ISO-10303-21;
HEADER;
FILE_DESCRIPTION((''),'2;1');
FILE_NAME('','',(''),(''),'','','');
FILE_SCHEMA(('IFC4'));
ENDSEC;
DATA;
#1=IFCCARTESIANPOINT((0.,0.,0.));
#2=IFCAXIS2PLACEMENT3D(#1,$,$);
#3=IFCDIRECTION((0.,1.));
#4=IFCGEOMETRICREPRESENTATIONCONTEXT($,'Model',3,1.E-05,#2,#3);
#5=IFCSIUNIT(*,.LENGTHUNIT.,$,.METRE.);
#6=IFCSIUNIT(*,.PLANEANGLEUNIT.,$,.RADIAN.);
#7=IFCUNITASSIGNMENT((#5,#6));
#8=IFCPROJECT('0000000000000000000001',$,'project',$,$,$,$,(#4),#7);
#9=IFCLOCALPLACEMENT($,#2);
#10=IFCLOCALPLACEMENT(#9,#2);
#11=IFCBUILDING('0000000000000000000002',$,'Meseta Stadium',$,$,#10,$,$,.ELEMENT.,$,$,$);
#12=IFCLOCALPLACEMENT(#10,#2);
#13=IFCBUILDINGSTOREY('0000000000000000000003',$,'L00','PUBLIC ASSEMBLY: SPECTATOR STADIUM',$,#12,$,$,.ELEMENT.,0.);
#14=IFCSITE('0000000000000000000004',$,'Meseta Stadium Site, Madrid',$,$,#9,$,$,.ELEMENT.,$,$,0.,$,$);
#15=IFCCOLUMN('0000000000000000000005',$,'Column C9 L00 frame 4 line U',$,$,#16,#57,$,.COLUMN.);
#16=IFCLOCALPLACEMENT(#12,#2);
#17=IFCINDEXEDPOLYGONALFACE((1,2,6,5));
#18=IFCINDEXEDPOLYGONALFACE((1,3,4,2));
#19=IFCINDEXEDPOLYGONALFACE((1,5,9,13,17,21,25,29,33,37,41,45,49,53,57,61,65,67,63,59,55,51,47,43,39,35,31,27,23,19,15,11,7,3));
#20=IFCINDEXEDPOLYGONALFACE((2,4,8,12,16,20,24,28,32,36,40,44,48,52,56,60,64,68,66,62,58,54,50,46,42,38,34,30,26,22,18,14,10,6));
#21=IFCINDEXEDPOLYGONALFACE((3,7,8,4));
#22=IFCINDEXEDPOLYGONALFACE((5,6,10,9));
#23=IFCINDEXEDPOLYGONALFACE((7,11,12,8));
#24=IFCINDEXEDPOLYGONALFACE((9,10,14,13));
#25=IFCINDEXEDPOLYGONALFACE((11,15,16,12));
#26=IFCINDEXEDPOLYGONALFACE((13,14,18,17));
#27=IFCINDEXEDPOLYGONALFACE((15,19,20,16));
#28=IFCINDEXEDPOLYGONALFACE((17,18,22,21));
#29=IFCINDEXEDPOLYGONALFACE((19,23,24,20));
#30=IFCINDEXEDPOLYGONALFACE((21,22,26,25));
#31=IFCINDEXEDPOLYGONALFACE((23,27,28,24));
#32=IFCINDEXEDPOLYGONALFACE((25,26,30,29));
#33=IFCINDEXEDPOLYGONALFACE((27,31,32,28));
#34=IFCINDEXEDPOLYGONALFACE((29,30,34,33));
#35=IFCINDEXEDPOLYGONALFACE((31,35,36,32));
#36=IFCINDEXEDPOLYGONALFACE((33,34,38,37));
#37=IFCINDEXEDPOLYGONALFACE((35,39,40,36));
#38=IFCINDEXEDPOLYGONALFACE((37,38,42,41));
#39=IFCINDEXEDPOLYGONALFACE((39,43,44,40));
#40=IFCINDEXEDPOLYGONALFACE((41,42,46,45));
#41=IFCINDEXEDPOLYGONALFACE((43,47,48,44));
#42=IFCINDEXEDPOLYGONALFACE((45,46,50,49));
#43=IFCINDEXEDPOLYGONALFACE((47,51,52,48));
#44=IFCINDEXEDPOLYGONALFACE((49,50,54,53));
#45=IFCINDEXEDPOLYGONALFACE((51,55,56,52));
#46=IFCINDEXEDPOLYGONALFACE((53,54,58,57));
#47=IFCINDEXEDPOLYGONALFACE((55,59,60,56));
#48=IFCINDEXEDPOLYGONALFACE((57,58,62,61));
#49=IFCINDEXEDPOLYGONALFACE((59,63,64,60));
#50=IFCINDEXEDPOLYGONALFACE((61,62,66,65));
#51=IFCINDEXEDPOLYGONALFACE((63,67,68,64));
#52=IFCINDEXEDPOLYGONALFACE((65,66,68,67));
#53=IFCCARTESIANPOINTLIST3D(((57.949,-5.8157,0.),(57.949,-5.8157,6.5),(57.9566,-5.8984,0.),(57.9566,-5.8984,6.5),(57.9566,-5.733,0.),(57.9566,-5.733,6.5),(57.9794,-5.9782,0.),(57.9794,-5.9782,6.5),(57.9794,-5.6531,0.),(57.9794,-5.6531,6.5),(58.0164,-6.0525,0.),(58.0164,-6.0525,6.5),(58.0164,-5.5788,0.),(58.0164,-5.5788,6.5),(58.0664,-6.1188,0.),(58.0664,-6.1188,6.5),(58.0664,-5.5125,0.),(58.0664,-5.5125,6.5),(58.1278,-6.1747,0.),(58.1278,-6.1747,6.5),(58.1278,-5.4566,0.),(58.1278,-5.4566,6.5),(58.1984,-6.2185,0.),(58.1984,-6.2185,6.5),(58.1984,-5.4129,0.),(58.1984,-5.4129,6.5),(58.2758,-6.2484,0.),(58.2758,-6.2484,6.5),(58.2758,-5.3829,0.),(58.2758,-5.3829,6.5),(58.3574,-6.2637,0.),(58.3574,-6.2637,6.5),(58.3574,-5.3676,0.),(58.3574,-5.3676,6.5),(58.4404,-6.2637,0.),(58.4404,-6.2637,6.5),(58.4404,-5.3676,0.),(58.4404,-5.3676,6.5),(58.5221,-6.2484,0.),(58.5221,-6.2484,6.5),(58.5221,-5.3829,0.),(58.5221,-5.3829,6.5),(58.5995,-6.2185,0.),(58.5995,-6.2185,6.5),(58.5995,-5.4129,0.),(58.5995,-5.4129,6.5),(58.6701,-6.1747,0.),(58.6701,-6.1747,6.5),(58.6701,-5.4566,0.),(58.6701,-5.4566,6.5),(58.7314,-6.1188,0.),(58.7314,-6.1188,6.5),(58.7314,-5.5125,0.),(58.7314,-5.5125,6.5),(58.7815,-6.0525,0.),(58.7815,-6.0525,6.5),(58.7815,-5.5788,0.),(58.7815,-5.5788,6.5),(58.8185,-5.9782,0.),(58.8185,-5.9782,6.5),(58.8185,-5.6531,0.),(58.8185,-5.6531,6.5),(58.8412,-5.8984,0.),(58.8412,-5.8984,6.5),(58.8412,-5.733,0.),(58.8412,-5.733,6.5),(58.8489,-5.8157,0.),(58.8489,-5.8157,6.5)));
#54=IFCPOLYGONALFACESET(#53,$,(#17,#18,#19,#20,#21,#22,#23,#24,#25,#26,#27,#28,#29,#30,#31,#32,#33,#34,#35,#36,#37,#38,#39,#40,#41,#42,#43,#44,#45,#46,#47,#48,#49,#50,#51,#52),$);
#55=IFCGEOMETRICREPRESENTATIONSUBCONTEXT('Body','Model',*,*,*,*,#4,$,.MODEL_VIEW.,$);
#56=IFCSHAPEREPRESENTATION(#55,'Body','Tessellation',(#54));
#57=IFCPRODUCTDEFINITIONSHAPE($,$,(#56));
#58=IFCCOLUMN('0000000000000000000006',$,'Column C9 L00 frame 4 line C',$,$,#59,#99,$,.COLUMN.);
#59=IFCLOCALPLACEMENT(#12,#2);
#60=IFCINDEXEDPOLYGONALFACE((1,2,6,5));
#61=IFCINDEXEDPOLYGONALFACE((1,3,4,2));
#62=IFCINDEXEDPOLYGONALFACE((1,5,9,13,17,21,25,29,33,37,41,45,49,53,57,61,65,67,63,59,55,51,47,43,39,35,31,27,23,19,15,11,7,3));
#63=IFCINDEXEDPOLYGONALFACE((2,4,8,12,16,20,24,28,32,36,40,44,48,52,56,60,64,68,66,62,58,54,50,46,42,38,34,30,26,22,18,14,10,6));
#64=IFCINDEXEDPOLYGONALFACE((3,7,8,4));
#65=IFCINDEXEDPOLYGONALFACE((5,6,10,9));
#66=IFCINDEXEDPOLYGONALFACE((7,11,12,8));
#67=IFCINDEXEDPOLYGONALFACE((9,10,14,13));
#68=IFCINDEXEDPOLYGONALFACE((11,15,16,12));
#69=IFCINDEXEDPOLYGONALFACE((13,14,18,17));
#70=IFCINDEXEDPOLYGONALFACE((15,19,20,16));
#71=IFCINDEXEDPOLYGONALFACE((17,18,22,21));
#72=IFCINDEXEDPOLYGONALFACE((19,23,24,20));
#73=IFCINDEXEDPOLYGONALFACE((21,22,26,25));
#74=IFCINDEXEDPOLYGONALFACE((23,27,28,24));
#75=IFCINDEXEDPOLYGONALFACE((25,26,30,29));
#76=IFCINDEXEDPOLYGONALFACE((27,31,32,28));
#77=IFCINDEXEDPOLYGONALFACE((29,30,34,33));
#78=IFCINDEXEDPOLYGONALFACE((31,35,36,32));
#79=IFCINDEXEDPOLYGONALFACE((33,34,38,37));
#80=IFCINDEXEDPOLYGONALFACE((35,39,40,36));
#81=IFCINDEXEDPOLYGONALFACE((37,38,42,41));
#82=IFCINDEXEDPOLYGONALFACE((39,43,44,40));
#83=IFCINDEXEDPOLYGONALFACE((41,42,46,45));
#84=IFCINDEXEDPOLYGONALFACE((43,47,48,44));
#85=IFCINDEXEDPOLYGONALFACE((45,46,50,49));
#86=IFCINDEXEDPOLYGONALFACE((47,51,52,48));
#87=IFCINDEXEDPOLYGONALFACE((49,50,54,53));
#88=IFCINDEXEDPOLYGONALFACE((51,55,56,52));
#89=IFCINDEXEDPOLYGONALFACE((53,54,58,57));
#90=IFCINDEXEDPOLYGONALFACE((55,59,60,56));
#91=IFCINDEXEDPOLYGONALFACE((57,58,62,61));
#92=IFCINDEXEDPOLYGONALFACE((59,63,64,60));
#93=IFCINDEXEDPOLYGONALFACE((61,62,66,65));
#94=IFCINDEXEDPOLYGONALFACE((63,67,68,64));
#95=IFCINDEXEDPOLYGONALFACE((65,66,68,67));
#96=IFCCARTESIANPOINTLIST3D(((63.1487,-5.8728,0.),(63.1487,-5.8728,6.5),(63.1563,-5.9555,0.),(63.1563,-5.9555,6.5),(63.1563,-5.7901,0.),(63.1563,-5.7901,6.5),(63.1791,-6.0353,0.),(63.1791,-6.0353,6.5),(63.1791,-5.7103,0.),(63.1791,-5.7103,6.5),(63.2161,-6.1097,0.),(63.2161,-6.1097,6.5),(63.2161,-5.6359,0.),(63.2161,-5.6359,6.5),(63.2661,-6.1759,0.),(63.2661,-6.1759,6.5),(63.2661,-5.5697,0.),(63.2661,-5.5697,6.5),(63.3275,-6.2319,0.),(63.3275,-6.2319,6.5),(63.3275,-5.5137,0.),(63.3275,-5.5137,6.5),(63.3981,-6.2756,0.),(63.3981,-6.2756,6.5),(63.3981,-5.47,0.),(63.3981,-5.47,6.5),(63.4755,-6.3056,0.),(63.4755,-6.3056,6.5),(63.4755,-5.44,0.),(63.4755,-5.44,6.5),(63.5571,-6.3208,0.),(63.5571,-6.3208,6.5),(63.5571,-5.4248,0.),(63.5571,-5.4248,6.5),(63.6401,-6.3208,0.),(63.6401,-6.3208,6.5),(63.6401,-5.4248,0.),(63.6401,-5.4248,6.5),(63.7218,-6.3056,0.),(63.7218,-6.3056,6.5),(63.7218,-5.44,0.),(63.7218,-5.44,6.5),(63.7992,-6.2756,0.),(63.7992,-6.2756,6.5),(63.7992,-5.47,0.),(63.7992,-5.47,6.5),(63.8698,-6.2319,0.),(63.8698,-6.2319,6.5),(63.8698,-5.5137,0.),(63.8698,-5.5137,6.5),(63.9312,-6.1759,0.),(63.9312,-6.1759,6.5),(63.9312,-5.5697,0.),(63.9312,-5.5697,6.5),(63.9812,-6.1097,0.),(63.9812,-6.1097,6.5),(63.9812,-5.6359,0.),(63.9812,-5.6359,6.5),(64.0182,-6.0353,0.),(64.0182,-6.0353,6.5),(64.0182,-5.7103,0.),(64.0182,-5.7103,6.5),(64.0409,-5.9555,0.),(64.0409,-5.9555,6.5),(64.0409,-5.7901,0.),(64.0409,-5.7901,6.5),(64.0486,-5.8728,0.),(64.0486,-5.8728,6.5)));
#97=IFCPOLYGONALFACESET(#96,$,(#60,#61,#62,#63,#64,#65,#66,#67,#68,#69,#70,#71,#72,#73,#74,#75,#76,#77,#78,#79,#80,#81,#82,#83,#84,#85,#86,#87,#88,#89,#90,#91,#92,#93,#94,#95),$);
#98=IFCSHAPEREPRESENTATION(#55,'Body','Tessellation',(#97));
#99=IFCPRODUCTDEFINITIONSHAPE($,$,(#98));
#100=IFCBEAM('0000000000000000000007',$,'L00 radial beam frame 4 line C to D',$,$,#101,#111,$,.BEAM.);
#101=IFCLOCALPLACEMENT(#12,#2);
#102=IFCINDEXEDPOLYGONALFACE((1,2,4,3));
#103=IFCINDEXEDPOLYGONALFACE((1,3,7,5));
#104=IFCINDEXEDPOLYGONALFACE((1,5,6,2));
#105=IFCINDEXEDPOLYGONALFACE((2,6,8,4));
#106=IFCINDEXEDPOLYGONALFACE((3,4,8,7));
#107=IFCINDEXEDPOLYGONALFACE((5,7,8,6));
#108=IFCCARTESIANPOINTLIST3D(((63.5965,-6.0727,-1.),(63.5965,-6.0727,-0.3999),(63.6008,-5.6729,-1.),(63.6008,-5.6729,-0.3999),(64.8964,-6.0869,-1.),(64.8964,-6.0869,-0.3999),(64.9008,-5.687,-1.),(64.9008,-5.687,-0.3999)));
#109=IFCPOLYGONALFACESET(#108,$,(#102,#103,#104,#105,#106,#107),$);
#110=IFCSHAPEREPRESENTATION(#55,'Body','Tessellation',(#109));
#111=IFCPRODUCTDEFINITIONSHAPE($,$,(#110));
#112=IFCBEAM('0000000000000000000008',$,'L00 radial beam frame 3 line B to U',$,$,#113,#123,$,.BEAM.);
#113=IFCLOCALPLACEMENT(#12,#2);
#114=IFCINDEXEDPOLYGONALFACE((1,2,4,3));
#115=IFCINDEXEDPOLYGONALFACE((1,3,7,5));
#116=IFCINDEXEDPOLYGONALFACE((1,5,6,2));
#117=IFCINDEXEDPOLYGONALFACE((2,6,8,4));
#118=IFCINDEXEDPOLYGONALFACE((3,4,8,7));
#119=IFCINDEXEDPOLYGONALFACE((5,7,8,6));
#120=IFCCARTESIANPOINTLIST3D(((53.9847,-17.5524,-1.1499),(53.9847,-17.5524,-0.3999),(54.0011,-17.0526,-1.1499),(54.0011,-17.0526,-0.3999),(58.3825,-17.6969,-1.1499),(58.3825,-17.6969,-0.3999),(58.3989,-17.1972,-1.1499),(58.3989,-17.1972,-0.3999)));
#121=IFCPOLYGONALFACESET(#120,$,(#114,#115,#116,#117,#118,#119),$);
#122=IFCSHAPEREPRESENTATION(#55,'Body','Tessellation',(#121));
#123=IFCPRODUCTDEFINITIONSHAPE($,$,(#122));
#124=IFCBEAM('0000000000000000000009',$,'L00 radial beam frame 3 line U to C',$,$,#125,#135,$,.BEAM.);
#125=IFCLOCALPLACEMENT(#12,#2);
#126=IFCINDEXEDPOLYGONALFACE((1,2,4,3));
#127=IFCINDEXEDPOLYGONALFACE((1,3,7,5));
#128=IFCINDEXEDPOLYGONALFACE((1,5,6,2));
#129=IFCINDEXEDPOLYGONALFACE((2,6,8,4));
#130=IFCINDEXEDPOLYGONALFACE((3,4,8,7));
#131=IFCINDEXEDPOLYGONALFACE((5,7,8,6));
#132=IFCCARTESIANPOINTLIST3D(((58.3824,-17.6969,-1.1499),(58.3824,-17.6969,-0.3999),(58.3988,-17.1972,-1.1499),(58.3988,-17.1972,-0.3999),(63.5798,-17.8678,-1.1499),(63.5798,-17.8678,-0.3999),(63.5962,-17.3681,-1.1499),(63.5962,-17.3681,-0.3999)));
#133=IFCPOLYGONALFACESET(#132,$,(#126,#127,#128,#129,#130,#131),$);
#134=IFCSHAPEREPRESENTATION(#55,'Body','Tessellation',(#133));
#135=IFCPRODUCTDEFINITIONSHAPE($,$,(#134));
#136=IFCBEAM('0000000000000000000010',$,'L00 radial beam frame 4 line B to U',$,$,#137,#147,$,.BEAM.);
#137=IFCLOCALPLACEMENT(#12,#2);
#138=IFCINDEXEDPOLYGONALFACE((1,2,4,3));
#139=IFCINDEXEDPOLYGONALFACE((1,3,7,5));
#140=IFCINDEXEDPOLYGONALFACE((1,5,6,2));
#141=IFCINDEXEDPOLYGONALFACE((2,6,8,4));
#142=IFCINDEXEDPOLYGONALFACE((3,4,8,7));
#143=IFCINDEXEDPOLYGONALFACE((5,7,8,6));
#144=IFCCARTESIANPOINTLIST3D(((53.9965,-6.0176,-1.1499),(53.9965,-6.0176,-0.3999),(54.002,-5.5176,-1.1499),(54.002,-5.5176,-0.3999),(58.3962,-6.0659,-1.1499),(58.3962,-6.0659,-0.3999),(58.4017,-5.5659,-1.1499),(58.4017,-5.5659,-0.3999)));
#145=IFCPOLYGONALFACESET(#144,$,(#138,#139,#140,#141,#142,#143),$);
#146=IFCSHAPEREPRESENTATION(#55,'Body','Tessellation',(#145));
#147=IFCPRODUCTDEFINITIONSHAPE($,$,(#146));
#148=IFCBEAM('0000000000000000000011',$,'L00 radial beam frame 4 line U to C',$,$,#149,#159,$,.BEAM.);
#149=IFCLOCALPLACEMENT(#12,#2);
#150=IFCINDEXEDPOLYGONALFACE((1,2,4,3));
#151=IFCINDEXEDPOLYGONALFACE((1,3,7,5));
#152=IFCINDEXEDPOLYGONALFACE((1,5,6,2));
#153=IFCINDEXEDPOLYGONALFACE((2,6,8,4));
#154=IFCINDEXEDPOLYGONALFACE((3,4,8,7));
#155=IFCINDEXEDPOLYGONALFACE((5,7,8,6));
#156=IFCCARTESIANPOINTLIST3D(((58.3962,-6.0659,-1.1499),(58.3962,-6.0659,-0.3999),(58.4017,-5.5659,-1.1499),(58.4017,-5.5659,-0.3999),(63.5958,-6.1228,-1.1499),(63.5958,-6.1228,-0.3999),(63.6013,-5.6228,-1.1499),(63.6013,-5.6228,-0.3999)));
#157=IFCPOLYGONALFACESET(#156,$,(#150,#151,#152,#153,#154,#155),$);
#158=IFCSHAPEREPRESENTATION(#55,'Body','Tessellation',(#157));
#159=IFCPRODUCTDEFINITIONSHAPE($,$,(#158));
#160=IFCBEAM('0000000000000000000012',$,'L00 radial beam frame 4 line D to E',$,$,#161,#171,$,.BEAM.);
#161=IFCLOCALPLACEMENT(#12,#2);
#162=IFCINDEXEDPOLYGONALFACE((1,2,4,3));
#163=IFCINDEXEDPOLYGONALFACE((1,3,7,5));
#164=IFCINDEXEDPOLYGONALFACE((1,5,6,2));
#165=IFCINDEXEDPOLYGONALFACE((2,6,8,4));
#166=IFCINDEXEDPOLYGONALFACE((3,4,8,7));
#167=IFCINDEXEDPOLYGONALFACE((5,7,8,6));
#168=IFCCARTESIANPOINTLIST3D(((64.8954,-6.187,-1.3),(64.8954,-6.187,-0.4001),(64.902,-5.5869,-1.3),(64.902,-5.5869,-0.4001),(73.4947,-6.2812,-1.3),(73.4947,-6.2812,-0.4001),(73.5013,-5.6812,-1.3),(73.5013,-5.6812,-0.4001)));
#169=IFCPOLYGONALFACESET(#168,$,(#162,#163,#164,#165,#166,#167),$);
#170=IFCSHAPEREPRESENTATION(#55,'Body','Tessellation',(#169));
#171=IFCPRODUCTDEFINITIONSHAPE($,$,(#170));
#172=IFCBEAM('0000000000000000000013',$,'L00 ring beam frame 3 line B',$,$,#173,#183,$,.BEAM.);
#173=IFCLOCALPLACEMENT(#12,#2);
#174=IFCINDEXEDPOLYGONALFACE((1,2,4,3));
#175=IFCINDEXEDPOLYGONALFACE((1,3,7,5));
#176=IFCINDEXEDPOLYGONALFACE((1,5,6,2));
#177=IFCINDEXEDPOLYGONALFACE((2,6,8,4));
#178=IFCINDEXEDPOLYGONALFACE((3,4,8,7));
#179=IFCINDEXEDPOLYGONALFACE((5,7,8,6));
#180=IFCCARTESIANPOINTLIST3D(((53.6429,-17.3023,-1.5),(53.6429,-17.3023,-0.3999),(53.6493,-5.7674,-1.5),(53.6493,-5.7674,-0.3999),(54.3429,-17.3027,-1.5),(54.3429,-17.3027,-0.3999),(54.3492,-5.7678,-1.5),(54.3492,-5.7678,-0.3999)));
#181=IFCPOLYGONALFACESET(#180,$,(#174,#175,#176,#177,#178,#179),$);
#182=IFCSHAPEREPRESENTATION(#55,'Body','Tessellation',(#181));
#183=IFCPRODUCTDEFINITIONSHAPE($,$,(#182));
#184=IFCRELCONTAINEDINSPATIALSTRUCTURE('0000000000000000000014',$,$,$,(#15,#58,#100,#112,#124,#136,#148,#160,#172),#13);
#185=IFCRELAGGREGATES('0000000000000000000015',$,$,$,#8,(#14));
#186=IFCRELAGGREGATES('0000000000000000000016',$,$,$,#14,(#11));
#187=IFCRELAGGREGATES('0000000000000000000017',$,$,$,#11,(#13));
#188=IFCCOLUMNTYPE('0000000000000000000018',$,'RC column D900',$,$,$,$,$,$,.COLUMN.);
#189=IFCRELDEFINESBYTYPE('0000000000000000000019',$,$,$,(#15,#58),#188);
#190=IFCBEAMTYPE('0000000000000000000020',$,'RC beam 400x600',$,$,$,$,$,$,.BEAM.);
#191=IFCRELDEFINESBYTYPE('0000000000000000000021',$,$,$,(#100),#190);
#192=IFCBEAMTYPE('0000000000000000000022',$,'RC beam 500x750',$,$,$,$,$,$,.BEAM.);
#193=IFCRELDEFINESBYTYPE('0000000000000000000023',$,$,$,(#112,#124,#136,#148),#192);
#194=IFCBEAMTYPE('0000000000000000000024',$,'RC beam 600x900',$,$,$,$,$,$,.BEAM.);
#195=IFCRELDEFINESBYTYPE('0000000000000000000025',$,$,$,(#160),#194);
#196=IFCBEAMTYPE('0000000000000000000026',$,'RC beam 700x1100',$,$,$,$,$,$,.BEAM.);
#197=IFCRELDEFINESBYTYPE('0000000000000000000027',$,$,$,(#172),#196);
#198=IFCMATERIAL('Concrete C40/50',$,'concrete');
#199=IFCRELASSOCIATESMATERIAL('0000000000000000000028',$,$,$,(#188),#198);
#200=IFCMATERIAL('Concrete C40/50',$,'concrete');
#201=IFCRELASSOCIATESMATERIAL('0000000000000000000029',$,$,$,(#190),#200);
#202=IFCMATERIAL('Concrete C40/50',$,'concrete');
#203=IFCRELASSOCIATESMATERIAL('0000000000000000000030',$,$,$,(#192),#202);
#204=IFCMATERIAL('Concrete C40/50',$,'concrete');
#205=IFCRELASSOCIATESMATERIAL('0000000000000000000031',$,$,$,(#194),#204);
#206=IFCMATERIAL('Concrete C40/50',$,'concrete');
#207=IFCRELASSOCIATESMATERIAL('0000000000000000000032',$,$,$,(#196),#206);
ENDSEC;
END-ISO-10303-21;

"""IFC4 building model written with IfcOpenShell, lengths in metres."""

from ifc_helpers import new_model, si_unit, direction, frame, origin, origin_2d, place, context, subcontext, project, spatial, rectangle, circle, extrude, material, material_profile, profile_set, type_object, element, save


model = new_model("IFC4")

# Units and contexts
model_context = context("Model", 3, precision=1e-05, world=origin(), true_north=direction((0.0, 1.0)))
body_context = subcontext(model_context, "Body", "Model", "MODEL_VIEW")
ifc_project = project(units=[si_unit("LENGTHUNIT", "METRE"), si_unit("PLANEANGLEUNIT", "RADIAN")], contexts=[model_context])

# Site, building, storey
site_placement = place(None, origin())
site = spatial("IfcSite", under=ifc_project, at=site_placement, Name="Meseta Stadium Site, Madrid", CompositionType="ELEMENT", RefElevation=0.0)
building_placement = place(site_placement, origin())
building = spatial("IfcBuilding", under=site, at=building_placement, Name="Meseta Stadium", CompositionType="ELEMENT")
storey_placement = place(building_placement, origin())
storey = spatial("IfcBuildingStorey", under=building, at=storey_placement, Name="L00", Description="PUBLIC ASSEMBLY: SPECTATOR STADIUM", CompositionType="ELEMENT", Elevation=0.0)

# Columns
ifc_material_1 = material(Name="Concrete C40/50", Category="concrete")
ifc_material_profile_1 = material_profile(ifc_material_1, circle(Radius=0.45, at=origin_2d()), Name="RC D900")
ifc_profile_set_1 = profile_set([ifc_material_profile_1], Name="Concrete C40/50")
column_type_1 = type_object("IfcColumnType", Name="RC column D900", PredefinedType="COLUMN", material=ifc_profile_set_1)
for number, where, z_axis, x_axis, name in (
    (1, (58.3989, -5.8157, 0.0), (0.0, 0.0, 1.0), (1.0, 0.0, 0.0), "Column C9 L00 frame 4 line U"),
    (2, (63.5986, -5.8728, 0.0), (0.0, 0.0, 1.0), (1.0, 0.0, 0.0), "Column C9 L00 frame 4 line C"),
):
    element("IfcColumn", number, at=place(storey_placement, frame(where, z_axis=z_axis, x_axis=x_axis)), inside=storey, type_object=column_type_1, Name=name, PredefinedType="COLUMN", context=body_context, shape_type="SweptSolid", body=[
        extrude(circle(Radius=0.45, at=origin_2d()), origin(), (0.0, 0.0, 1.0), 6.5),
    ])

# Beams
ifc_material_2 = material(Name="Concrete C40/50", Category="concrete")
ifc_material_profile_2 = material_profile(ifc_material_2, rectangle(XDim=0.3999, YDim=0.6001, at=origin_2d()), Name="RC 400x600")
ifc_profile_set_2 = profile_set([ifc_material_profile_2], Name="Concrete C40/50")
beam_type_1 = type_object("IfcBeamType", Name="RC beam 400x600", PredefinedType="BEAM", material=ifc_profile_set_2)
beam_1_placement = place(storey_placement, frame((63.5986, -5.8728, -0.7), z_axis=(0.999941, -0.010891, 0.0), x_axis=(0.010891, 0.999941, 0.0)))
element("IfcBeam", 3, at=beam_1_placement, inside=storey, type_object=beam_type_1, Name="L00 radial beam frame 4 line C to D", PredefinedType="BEAM", context=body_context, shape_type="SweptSolid", body=[
    extrude(rectangle(XDim=0.3999, YDim=0.6001, at=origin_2d()), origin(), (0.0, 0.0, 1.0), 1.3),
])
ifc_material_3 = material(Name="Concrete C40/50", Category="concrete")
ifc_material_profile_3 = material_profile(ifc_material_3, rectangle(XDim=0.5, YDim=0.75, at=origin_2d()), Name="RC 500x750")
ifc_profile_set_3 = profile_set([ifc_material_profile_3], Name="Concrete C40/50")
beam_type_2 = type_object("IfcBeamType", Name="RC beam 500x750", PredefinedType="BEAM", material=ifc_profile_set_3)
beam_2_placement = place(storey_placement, frame((53.9929, -17.3025, -0.7749), z_axis=(0.99946, -0.032847, 0.0), x_axis=(0.032847, 0.99946, 0.0)))
element("IfcBeam", 4, at=beam_2_placement, inside=storey, type_object=beam_type_2, Name="L00 radial beam frame 3 line B to U", PredefinedType="BEAM", context=body_context, shape_type="SweptSolid", body=[
    extrude(rectangle(XDim=0.5, YDim=0.75, at=origin_2d()), origin(), (0.0, 0.0, 1.0), 4.4001),
])
beam_3_placement = place(storey_placement, frame((58.3906, -17.447, -0.7749), z_axis=(0.99946, -0.032865, 0.0), x_axis=(0.032865, 0.99946, 0.0)))
element("IfcBeam", 5, at=beam_3_placement, inside=storey, type_object=beam_type_2, Name="L00 radial beam frame 3 line U to C", PredefinedType="BEAM", context=body_context, shape_type="SweptSolid", body=[
    extrude(rectangle(XDim=0.5, YDim=0.75, at=origin_2d()), origin(), (0.0, 0.0, 1.0), 5.2002),
])
beam_4_placement = place(storey_placement, frame((53.9993, -5.7676, -0.7749), z_axis=(0.99994, -0.010987, 0.0), x_axis=(0.010987, 0.99994, 0.0)))
element("IfcBeam", 6, at=beam_4_placement, inside=storey, type_object=beam_type_2, Name="L00 radial beam frame 4 line B to U", PredefinedType="BEAM", context=body_context, shape_type="SweptSolid", body=[
    extrude(rectangle(XDim=0.5, YDim=0.75, at=origin_2d()), origin(), (0.0, 0.0, 1.0), 4.3999),
])
beam_5_placement = place(storey_placement, frame((58.3989, -5.8159, -0.7749), z_axis=(0.99994, -0.010939, 0.0), x_axis=(0.010939, 0.99994, 0.0)))
element("IfcBeam", 7, at=beam_5_placement, inside=storey, type_object=beam_type_2, Name="L00 radial beam frame 4 line U to C", PredefinedType="BEAM", context=body_context, shape_type="SweptSolid", body=[
    extrude(rectangle(XDim=0.5, YDim=0.75, at=origin_2d()), origin(), (0.0, 0.0, 1.0), 5.2),
])
ifc_material_4 = material(Name="Concrete C40/50", Category="concrete")
ifc_material_profile_4 = material_profile(ifc_material_4, rectangle(XDim=0.6001, YDim=0.8999, at=origin_2d()), Name="RC 600x900")
ifc_profile_set_4 = profile_set([ifc_material_profile_4], Name="Concrete C40/50")
beam_type_3 = type_object("IfcBeamType", Name="RC beam 600x900", PredefinedType="BEAM", material=ifc_profile_set_4)
beam_6_placement = place(storey_placement, frame((64.8987, -5.887, -0.8501), z_axis=(0.99994, -0.010958, 0.0), x_axis=(0.010958, 0.99994, 0.0)))
element("IfcBeam", 8, at=beam_6_placement, inside=storey, type_object=beam_type_3, Name="L00 radial beam frame 4 line D to E", PredefinedType="BEAM", context=body_context, shape_type="SweptSolid", body=[
    extrude(rectangle(XDim=0.6001, YDim=0.8999, at=origin_2d()), origin(), (0.0, 0.0, 1.0), 8.5999),
])
ifc_material_5 = material(Name="Concrete C40/50", Category="concrete")
ifc_material_profile_5 = material_profile(ifc_material_5, rectangle(XDim=0.7, YDim=1.1001, at=origin_2d()), Name="RC 700x1100")
ifc_profile_set_5 = profile_set([ifc_material_profile_5], Name="Concrete C40/50")
beam_type_4 = type_object("IfcBeamType", Name="RC beam 700x1100", PredefinedType="BEAM", material=ifc_profile_set_5)
beam_7_placement = place(storey_placement, frame((53.9929, -17.3025, -0.95), z_axis=(0.00055, 1.0, 0.0), x_axis=(-1.0, 0.00055, 0.0)))
element("IfcBeam", 9, at=beam_7_placement, inside=storey, type_object=beam_type_4, Name="L00 ring beam frame 3 line B", PredefinedType="BEAM", context=body_context, shape_type="SweptSolid", body=[
    extrude(rectangle(XDim=0.7, YDim=1.1001, at=origin_2d()), origin(), (0.0, 0.0, 1.0), 11.5349),
])

save(model, "model.ifc")
